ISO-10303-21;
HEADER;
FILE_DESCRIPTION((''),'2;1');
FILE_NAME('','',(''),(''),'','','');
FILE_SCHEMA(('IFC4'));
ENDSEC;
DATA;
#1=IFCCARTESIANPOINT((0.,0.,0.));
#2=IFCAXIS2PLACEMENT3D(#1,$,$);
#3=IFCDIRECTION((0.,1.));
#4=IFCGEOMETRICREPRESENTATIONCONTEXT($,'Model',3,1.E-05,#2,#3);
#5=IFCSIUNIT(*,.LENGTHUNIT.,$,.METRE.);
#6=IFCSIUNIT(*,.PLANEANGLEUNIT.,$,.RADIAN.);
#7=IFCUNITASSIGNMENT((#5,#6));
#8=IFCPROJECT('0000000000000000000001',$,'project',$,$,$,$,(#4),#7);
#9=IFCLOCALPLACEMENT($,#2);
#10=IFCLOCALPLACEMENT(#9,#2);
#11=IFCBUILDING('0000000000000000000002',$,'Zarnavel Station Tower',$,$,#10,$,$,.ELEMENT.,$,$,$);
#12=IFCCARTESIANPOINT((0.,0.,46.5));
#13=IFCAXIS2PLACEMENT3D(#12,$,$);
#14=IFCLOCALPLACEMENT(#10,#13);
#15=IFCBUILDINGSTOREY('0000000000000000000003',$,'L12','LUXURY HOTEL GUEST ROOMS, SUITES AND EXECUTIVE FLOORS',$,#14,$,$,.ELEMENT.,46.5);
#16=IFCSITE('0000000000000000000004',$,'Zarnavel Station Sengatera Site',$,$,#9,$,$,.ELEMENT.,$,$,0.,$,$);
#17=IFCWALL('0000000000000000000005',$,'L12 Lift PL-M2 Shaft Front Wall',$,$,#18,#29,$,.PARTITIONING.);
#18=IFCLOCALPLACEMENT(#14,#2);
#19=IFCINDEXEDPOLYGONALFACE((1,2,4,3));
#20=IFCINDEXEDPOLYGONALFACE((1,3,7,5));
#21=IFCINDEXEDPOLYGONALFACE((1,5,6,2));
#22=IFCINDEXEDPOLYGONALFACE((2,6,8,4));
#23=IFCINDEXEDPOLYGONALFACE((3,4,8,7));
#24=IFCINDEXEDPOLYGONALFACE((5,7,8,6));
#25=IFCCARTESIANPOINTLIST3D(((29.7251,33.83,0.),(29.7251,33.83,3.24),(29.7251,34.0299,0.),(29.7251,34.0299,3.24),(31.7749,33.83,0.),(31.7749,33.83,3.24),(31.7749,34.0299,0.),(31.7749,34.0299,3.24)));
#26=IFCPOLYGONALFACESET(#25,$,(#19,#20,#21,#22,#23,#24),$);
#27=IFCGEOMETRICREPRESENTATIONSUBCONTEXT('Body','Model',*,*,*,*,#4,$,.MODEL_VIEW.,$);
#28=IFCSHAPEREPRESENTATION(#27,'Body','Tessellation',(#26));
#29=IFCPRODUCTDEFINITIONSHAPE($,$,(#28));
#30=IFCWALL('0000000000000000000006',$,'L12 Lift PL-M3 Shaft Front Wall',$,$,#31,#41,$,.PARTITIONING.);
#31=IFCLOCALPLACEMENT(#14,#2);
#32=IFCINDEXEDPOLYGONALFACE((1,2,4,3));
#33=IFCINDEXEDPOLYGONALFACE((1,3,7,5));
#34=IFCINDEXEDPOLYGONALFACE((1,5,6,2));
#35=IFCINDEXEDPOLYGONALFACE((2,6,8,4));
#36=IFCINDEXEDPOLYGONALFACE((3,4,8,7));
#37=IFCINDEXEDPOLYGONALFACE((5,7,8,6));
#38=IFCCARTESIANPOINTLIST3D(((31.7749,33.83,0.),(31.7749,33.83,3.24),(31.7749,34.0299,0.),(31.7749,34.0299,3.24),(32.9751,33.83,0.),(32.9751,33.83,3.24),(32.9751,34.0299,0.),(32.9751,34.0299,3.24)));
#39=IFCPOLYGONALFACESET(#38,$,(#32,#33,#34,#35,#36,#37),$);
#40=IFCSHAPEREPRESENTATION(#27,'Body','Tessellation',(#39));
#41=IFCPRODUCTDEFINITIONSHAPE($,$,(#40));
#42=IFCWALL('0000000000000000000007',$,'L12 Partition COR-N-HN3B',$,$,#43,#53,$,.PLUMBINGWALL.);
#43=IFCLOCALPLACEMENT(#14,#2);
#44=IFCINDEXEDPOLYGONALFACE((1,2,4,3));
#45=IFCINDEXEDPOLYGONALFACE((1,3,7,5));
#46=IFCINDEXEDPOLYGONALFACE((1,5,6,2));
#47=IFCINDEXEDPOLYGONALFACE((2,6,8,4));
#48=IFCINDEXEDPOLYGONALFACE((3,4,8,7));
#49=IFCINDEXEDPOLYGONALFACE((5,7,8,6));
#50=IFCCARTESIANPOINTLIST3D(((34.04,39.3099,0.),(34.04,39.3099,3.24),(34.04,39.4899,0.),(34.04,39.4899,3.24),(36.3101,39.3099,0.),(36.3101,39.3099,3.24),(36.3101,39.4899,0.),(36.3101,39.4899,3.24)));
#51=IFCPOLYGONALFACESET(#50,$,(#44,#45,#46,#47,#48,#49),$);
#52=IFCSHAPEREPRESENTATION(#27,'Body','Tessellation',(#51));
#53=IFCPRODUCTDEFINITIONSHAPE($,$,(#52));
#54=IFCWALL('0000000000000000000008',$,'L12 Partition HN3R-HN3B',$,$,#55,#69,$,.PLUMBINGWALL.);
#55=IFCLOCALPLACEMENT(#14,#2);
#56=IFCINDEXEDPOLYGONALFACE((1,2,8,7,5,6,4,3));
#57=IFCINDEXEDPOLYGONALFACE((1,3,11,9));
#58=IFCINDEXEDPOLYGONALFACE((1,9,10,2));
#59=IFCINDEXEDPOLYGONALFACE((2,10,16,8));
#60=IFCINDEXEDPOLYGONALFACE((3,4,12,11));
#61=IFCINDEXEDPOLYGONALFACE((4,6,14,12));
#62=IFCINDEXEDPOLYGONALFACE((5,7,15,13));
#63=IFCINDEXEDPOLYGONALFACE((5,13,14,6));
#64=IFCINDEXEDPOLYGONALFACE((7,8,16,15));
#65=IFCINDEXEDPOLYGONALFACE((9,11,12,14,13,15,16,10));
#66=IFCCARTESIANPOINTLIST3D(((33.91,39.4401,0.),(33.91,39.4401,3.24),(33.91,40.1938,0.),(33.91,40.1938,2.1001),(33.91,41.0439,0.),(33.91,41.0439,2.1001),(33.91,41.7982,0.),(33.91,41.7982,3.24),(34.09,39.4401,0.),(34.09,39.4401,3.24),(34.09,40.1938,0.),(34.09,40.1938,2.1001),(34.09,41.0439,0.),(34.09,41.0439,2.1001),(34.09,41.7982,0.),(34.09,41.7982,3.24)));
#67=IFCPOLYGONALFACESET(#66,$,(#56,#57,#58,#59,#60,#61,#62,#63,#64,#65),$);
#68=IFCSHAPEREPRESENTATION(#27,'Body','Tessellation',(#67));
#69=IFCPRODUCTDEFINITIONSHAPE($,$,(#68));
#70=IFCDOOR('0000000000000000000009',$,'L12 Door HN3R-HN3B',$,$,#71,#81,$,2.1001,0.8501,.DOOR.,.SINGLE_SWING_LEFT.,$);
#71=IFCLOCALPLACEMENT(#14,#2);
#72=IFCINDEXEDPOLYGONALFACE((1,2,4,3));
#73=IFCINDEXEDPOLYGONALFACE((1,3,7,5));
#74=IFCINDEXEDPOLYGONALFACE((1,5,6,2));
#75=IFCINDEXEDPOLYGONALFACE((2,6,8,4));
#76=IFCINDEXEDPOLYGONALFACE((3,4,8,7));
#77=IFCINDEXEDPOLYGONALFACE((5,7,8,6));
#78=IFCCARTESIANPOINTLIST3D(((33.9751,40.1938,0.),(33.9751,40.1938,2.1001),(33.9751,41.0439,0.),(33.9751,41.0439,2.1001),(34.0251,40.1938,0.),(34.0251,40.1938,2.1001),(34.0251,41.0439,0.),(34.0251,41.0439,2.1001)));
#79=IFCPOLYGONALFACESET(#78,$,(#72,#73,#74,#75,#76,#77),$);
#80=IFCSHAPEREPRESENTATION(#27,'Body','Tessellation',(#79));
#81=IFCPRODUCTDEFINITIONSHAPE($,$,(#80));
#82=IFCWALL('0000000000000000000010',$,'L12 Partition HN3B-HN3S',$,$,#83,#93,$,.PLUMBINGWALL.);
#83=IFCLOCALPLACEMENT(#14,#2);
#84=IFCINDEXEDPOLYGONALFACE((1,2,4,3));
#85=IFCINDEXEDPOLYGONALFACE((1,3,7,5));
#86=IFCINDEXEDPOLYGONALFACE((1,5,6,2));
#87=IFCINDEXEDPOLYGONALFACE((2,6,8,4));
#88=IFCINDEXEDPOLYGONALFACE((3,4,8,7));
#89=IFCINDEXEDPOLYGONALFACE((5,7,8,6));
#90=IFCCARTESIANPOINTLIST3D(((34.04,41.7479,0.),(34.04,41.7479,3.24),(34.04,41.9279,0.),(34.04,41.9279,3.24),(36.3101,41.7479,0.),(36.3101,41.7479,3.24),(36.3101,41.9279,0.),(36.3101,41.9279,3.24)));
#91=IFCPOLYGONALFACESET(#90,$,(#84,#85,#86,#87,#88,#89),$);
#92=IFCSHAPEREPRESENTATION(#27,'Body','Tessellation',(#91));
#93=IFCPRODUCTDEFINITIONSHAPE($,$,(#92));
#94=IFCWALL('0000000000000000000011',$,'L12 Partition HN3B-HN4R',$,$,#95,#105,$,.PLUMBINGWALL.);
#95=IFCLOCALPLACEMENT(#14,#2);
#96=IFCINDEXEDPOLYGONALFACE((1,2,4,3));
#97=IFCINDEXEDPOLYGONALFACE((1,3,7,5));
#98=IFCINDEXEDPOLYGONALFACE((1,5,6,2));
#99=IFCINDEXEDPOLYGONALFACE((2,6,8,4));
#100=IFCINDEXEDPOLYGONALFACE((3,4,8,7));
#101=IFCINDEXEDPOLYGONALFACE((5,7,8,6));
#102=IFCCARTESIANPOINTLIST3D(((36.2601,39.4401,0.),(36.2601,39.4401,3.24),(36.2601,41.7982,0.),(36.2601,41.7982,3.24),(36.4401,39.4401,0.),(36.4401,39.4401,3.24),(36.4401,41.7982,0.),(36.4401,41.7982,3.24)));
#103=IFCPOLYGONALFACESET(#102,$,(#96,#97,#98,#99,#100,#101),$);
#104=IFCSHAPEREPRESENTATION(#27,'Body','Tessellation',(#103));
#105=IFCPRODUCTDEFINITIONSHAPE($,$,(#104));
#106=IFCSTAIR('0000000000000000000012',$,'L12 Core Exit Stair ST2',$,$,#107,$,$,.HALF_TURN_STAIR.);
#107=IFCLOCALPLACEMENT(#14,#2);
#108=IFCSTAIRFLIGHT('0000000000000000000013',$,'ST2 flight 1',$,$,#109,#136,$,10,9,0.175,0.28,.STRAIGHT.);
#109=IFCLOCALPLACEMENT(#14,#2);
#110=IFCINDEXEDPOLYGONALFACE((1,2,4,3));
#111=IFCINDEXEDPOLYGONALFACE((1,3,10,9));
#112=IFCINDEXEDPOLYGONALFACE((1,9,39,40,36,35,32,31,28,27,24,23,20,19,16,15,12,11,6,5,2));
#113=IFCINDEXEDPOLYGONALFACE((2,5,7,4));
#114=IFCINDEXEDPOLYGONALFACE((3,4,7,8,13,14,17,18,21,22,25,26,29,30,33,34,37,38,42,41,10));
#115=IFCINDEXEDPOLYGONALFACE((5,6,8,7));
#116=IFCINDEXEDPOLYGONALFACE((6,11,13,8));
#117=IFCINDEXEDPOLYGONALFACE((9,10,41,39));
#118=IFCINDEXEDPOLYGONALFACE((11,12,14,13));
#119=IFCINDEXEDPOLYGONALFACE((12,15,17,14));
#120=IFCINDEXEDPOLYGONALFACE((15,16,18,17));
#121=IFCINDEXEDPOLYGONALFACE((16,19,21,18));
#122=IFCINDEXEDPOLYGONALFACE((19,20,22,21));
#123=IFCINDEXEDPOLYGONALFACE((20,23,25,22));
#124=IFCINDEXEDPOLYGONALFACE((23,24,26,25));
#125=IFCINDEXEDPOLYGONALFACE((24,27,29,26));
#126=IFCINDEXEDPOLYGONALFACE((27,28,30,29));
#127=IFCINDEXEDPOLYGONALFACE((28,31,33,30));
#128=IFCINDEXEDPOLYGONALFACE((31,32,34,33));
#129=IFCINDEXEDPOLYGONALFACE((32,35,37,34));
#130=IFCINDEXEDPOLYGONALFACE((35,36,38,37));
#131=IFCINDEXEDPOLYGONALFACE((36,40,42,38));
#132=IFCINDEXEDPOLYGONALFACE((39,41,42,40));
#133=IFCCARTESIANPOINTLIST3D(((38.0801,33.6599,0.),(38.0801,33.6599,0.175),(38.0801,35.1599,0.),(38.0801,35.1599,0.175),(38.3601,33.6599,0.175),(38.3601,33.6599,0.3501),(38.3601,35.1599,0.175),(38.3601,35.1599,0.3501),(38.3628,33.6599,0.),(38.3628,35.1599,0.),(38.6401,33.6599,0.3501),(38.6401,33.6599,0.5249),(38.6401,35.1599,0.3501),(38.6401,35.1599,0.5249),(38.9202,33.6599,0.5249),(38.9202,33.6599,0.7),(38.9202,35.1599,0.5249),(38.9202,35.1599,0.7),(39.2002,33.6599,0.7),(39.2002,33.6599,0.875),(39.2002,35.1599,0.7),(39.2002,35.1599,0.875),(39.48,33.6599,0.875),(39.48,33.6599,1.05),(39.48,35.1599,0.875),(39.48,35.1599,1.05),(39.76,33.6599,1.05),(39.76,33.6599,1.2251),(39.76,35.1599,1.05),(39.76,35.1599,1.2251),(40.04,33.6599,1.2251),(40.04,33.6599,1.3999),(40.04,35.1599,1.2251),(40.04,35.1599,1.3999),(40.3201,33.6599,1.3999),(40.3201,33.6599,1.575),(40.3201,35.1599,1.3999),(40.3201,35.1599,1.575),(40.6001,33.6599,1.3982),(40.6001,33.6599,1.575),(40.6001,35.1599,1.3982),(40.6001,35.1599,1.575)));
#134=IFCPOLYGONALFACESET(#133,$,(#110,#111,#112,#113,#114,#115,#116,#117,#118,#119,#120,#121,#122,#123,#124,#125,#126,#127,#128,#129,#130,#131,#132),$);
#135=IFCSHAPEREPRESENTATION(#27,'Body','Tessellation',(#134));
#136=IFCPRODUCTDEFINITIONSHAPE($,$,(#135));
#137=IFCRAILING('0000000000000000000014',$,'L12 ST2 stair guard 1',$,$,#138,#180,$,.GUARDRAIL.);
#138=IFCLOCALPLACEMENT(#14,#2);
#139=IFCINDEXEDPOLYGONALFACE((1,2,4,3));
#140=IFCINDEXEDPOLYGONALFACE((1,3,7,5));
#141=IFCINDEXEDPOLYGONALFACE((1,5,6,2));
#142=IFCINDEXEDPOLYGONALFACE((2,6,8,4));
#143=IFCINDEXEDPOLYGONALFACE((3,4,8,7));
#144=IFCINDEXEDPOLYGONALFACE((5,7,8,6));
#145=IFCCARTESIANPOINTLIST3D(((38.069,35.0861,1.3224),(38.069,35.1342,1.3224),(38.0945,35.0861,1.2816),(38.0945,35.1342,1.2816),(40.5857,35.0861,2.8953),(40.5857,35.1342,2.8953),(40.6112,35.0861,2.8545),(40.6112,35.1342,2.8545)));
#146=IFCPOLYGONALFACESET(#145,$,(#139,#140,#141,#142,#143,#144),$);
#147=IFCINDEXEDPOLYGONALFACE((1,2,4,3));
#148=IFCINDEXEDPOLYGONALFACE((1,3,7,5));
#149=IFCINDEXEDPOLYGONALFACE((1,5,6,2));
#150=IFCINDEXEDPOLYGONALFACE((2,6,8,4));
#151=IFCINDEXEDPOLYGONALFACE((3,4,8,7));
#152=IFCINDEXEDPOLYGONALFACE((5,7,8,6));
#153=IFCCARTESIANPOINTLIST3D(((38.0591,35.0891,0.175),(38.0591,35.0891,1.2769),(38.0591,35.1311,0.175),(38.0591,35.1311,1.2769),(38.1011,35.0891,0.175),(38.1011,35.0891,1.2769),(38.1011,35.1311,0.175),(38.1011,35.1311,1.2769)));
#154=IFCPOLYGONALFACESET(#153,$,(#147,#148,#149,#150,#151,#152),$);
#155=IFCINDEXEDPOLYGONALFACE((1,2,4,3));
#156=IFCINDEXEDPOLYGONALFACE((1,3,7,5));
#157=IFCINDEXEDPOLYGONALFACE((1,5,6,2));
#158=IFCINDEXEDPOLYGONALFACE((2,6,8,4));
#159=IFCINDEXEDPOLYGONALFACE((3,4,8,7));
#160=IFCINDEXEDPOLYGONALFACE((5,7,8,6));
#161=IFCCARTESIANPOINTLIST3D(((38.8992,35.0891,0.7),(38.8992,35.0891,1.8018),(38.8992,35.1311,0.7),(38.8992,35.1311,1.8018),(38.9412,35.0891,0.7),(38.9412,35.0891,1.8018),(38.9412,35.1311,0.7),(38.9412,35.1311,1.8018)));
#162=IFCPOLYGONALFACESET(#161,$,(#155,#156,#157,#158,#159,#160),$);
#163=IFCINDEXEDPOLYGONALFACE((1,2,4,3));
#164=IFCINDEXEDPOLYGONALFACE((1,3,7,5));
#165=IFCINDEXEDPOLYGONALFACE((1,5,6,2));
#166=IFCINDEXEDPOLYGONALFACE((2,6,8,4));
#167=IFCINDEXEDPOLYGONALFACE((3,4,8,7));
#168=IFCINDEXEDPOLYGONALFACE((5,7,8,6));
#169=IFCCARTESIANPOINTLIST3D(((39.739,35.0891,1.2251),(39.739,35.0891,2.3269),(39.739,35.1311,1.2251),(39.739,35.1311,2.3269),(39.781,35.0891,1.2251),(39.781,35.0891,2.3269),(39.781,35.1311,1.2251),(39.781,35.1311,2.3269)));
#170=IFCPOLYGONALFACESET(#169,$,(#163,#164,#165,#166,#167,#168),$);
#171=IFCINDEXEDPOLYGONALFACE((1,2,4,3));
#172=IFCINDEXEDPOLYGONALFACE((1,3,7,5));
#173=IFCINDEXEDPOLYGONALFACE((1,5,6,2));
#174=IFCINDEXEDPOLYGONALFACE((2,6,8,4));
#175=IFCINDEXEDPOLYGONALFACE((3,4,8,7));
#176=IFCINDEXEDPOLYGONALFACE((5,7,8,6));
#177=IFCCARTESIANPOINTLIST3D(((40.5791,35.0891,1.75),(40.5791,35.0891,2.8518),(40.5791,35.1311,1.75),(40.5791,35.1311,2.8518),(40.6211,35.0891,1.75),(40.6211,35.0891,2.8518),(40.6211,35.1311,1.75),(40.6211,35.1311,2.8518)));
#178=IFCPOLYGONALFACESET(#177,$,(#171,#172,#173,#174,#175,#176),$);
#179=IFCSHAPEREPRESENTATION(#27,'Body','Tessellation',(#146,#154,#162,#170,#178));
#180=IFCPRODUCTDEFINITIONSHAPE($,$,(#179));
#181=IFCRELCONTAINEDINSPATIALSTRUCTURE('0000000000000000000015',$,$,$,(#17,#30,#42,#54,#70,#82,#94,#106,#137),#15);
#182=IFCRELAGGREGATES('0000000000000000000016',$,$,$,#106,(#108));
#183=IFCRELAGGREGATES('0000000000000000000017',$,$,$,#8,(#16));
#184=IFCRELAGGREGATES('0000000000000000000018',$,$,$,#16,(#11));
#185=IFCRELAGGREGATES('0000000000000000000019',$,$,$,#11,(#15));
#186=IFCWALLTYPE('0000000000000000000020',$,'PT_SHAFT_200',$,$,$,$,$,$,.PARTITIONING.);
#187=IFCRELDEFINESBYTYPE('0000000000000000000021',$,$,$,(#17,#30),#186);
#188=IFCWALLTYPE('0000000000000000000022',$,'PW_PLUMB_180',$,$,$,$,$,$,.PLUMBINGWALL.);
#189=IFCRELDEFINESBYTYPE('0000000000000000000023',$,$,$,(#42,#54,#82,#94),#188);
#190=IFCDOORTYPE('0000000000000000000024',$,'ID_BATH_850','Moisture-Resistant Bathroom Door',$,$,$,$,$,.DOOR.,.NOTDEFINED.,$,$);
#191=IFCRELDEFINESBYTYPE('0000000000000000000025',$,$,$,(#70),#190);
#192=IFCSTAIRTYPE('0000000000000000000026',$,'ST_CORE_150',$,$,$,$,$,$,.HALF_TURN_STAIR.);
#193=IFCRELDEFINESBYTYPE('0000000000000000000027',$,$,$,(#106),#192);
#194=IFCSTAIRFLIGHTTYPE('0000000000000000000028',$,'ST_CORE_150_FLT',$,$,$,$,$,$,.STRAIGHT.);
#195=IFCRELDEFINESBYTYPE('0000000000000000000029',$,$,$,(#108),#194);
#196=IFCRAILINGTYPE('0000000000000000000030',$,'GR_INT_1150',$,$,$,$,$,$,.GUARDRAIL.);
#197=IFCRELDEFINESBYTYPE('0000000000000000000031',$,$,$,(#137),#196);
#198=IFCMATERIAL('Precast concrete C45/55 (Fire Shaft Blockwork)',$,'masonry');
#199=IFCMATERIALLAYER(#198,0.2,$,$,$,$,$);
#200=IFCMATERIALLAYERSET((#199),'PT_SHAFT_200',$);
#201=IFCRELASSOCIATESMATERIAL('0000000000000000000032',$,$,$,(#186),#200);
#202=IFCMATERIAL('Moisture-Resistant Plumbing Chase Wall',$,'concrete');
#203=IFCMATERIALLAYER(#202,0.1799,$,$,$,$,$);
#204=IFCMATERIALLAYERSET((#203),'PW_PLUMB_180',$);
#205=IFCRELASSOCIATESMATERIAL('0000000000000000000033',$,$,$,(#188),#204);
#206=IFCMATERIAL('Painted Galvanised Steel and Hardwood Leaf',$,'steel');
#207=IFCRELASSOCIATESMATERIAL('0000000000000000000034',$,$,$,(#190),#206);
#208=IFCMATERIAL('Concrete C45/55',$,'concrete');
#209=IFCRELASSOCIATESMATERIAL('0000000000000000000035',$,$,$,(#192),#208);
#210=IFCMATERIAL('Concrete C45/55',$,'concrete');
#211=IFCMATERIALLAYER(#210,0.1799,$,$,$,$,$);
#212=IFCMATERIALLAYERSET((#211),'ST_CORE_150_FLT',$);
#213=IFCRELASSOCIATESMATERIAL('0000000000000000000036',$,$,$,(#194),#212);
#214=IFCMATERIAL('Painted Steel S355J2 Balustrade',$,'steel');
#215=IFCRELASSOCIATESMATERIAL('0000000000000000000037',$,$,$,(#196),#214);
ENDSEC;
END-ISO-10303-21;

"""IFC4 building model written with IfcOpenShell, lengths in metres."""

from ifc_helpers import new_model, si_unit, direction, frame, frame_2d, origin, origin_2d, place, context, subcontext, project, spatial, polyline, rectangle, outline, extrude, material, layer, layer_set, type_object, element, fill, aggregate, save


model = new_model("IFC4")

# Units and contexts
model_context = context("Model", 3, precision=1e-05, world=origin(), true_north=direction((0.0, 1.0)))
body_context = subcontext(model_context, "Body", "Model", "MODEL_VIEW")
ifc_project = project(units=[si_unit("LENGTHUNIT", "METRE"), si_unit("PLANEANGLEUNIT", "RADIAN")], contexts=[model_context])

# Site, building, storey
site_placement = place(None, origin())
site = spatial("IfcSite", under=ifc_project, at=site_placement, Name="Zarnavel Station Sengatera Site", CompositionType="ELEMENT", RefElevation=0.0)
building_placement = place(site_placement, origin())
building = spatial("IfcBuilding", under=site, at=building_placement, Name="Zarnavel Station Tower", CompositionType="ELEMENT")
storey_placement = place(building_placement, frame((0.0, 0.0, 46.5)))
storey = spatial("IfcBuildingStorey", under=building, at=storey_placement, Name="L12", Description="LUXURY HOTEL GUEST ROOMS, SUITES AND EXECUTIVE FLOORS", CompositionType="ELEMENT", Elevation=46.5)

# Shared definitions
ifc_material_1 = material(Name="Precast concrete C45/55 (Fire Shaft Blockwork)", Category="masonry")
ifc_layer_1 = layer(ifc_material_1, 0.2)
ifc_layer_set_1 = layer_set([ifc_layer_1], Name="PT_SHAFT_200")
wall_type_1 = type_object("IfcWallType", Name="PT_SHAFT_200", PredefinedType="PARTITIONING", material=ifc_layer_set_1)

# Walls
wall_1_placement = place(storey_placement, frame((29.7251, 33.9299, 0.0), z_axis=(0.0, 0.0, 1.0), x_axis=(1.0, 0.0, 0.0)))
element("IfcWall", 1, at=wall_1_placement, inside=storey, type_object=wall_type_1, Name="L12 Lift PL-M2 Shaft Front Wall", PredefinedType="PARTITIONING", context=body_context, shape_type="SweptSolid", body=[
    extrude(rectangle(XDim=2.0498, YDim=0.2, at=frame_2d((1.0249, 0.0))), origin(), (0.0, 0.0, 1.0), 3.24),
])
wall_2_placement = place(storey_placement, frame((31.7749, 33.9299, 0.0), z_axis=(0.0, 0.0, 1.0), x_axis=(1.0, 0.0, 0.0)))
element("IfcWall", 2, at=wall_2_placement, inside=storey, type_object=wall_type_1, Name="L12 Lift PL-M3 Shaft Front Wall", PredefinedType="PARTITIONING", context=body_context, shape_type="SweptSolid", body=[
    extrude(rectangle(XDim=1.2002, YDim=0.2, at=frame_2d((0.6001, 0.0))), origin(), (0.0, 0.0, 1.0), 3.24),
])

# Wall
ifc_material_2 = material(Name="Moisture-Resistant Plumbing Chase Wall", Category="concrete")
ifc_layer_2 = layer(ifc_material_2, 0.1799)
ifc_layer_set_2 = layer_set([ifc_layer_2], Name="PW_PLUMB_180")
wall_type_2 = type_object("IfcWallType", Name="PW_PLUMB_180", PredefinedType="PLUMBINGWALL", material=ifc_layer_set_2)
wall_3_placement = place(storey_placement, frame((34.04, 39.3999, 0.0), z_axis=(0.0, 0.0, 1.0), x_axis=(1.0, 0.0, 0.0)))
element("IfcWall", 3, at=wall_3_placement, inside=storey, type_object=wall_type_2, Name="L12 Partition COR-N-HN3B", PredefinedType="PLUMBINGWALL", context=body_context, shape_type="SweptSolid", body=[
    extrude(rectangle(XDim=2.27, YDim=0.1799, at=frame_2d((1.135, 0.0))), origin(), (0.0, 0.0, 1.0), 3.24),
])

# Wall, opening, door
wall_4_placement = place(storey_placement, frame((34.0, 39.4399, 0.0), z_axis=(0.0, 0.0, 1.0), x_axis=(0.0, 1.0, 0.0)))
wall_4 = element("IfcWall", 4, at=wall_4_placement, inside=storey, type_object=wall_type_2, Name="L12 Partition HN3R-HN3B", PredefinedType="PLUMBINGWALL", context=body_context, shape_type="SweptSolid", body=[
    extrude(rectangle(XDim=2.3582, YDim=0.1799, at=frame_2d((1.1792, 0.0))), origin(), (0.0, 0.0, 1.0), 3.24),
])
opening_1_placement = place(wall_4_placement, frame((0.7539, 0.0, 0.0)))
opening_1 = element("IfcOpeningElement", 5, at=opening_1_placement, cuts=wall_4, PredefinedType="OPENING", context=body_context, shape_type="SweptSolid", body=[
    extrude(rectangle(XDim=0.8501, YDim=2.1001, at=frame_2d((0.425, 1.05))), frame((0.0, 0.0999, 0.0), z_axis=(0.0, -1.0, 0.0), x_axis=(1.0, 0.0, 0.0)), (0.0, 0.0, 1.0), 0.2),
])
ifc_material_3 = material(Name="Painted Galvanised Steel and Hardwood Leaf", Category="steel")
door_type_1 = type_object("IfcDoorType", Name="ID_BATH_850", Description="Moisture-Resistant Bathroom Door", OperationType="NOTDEFINED", PredefinedType="DOOR", material=ifc_material_3)
door_1_placement = place(opening_1_placement, origin())
door_1 = element("IfcDoor", 6, at=door_1_placement, inside=storey, type_object=door_type_1, Name="L12 Door HN3R-HN3B", OperationType="SINGLE_SWING_LEFT", OverallHeight=2.1001, OverallWidth=0.8501, PredefinedType="DOOR", context=body_context, shape_type="SweptSolid", body=[
    extrude(rectangle(XDim=0.8501, YDim=2.1001, at=frame_2d((0.425, 1.05))), frame((0.0, 0.0249, 0.0), z_axis=(0.0, -1.0, 0.0), x_axis=(1.0, 0.0, 0.0)), (0.0, 0.0, 1.0), 0.05),
])
fill(opening_1, door_1)

# Walls
wall_5_placement = place(storey_placement, frame((34.04, 41.8379, 0.0), z_axis=(0.0, 0.0, 1.0), x_axis=(1.0, 0.0, 0.0)))
element("IfcWall", 7, at=wall_5_placement, inside=storey, type_object=wall_type_2, Name="L12 Partition HN3B-HN3S", PredefinedType="PLUMBINGWALL", context=body_context, shape_type="SweptSolid", body=[
    extrude(rectangle(XDim=2.27, YDim=0.1799, at=frame_2d((1.135, 0.0))), origin(), (0.0, 0.0, 1.0), 3.24),
])
wall_6_placement = place(storey_placement, frame((36.3501, 39.4399, 0.0), z_axis=(0.0, 0.0, 1.0), x_axis=(0.0, 1.0, 0.0)))
element("IfcWall", 8, at=wall_6_placement, inside=storey, type_object=wall_type_2, Name="L12 Partition HN3B-HN4R", PredefinedType="PLUMBINGWALL", context=body_context, shape_type="SweptSolid", body=[
    extrude(rectangle(XDim=2.3582, YDim=0.1799, at=frame_2d((1.1792, 0.0))), origin(), (0.0, 0.0, 1.0), 3.24),
])

# Stair, stair flight
ifc_material_4 = material(Name="Concrete C45/55", Category="concrete")
stair_type = type_object("IfcStairType", Name="ST_CORE_150", PredefinedType="HALF_TURN_STAIR", material=ifc_material_4)
stair_placement = place(storey_placement, origin())
stair = element("IfcStair", 9, at=stair_placement, inside=storey, type_object=stair_type, Name="L12 Core Exit Stair ST2", PredefinedType="HALF_TURN_STAIR")
ifc_material_5 = material(Name="Concrete C45/55", Category="concrete")
ifc_layer_3 = layer(ifc_material_5, 0.1799)
ifc_layer_set_3 = layer_set([ifc_layer_3], Name="ST_CORE_150_FLT")
stair_flight_type = type_object("IfcStairFlightType", Name="ST_CORE_150_FLT", PredefinedType="STRAIGHT", material=ifc_layer_set_3)
stair_flight_placement = place(storey_placement, frame((38.0801, 34.4099, 0.0), z_axis=(0.0, 0.0, 1.0), x_axis=(1.0, 0.0, 0.0)))
stair_flight = element("IfcStairFlight", 10, at=stair_flight_placement, type_object=stair_flight_type, Name="ST2 flight 1", NumberOfRisers=10, NumberOfTreads=9, PredefinedType="STRAIGHT", RiserHeight=0.175, TreadLength=0.28, context=body_context, shape_type="SweptSolid", body=[
    extrude(outline(polyline([(0.0, 0.0), (0.0, 0.175), (0.28, 0.175), (0.28, 0.3501), (0.5601, 0.3501), (0.5601, 0.5249), (0.8401, 0.5249), (0.8401, 0.7), (1.1201, 0.7), (1.1201, 0.875), (1.3999, 0.875), (1.3999, 1.05), (1.6799, 1.05), (1.6799, 1.2251), (1.96, 1.2251), (1.96, 1.3999), (2.24, 1.3999), (2.24, 1.575), (2.52, 1.575), (2.52, 1.75), (2.52, 1.3982), (0.2827, 0.0), (0.0, 0.0)])), frame((0.0, 0.75, 0.0), z_axis=(0.0, -1.0, 0.0), x_axis=(1.0, 0.0, 0.0)), (0.0, 0.0, 1.0), 1.5),
])
aggregate(stair, [stair_flight])

# Railing
ifc_material_6 = material(Name="Painted Steel S355J2 Balustrade", Category="steel")
railing_type_1 = type_object("IfcRailingType", Name="GR_INT_1150", PredefinedType="GUARDRAIL", material=ifc_material_6)
railing_1_placement = place(storey_placement, frame((38.0801, 35.1101, 0.175)))
element("IfcRailing", 11, at=railing_1_placement, inside=storey, type_object=railing_type_1, Name="L12 ST2 stair guard 1", PredefinedType="GUARDRAIL", context=body_context, shape_type="SweptSolid", body=[
    extrude(rectangle(XDim=0.0481, YDim=0.0481, at=origin_2d()), frame((0.0017, 0.0, 1.127), z_axis=(0.848008, 0.0, 0.529984), x_axis=(0.0, 1.0, 0.0)), (0.0, 0.0, 1.0), 2.9678),
    extrude(rectangle(XDim=0.042, YDim=0.042, at=origin_2d()), origin(), (0.0, 0.0, 1.0), 1.1018),
    extrude(rectangle(XDim=0.042, YDim=0.042, at=origin_2d()), frame((0.8401, 0.0, 0.5249)), (0.0, 0.0, 1.0), 1.1018),
    extrude(rectangle(XDim=0.042, YDim=0.042, at=origin_2d()), frame((1.6799, 0.0, 1.05)), (0.0, 0.0, 1.0), 1.1018),
    extrude(rectangle(XDim=0.042, YDim=0.042, at=origin_2d()), frame((2.52, 0.0, 1.575)), (0.0, 0.0, 1.0), 1.1018),
])

save(model, "model.ifc")
